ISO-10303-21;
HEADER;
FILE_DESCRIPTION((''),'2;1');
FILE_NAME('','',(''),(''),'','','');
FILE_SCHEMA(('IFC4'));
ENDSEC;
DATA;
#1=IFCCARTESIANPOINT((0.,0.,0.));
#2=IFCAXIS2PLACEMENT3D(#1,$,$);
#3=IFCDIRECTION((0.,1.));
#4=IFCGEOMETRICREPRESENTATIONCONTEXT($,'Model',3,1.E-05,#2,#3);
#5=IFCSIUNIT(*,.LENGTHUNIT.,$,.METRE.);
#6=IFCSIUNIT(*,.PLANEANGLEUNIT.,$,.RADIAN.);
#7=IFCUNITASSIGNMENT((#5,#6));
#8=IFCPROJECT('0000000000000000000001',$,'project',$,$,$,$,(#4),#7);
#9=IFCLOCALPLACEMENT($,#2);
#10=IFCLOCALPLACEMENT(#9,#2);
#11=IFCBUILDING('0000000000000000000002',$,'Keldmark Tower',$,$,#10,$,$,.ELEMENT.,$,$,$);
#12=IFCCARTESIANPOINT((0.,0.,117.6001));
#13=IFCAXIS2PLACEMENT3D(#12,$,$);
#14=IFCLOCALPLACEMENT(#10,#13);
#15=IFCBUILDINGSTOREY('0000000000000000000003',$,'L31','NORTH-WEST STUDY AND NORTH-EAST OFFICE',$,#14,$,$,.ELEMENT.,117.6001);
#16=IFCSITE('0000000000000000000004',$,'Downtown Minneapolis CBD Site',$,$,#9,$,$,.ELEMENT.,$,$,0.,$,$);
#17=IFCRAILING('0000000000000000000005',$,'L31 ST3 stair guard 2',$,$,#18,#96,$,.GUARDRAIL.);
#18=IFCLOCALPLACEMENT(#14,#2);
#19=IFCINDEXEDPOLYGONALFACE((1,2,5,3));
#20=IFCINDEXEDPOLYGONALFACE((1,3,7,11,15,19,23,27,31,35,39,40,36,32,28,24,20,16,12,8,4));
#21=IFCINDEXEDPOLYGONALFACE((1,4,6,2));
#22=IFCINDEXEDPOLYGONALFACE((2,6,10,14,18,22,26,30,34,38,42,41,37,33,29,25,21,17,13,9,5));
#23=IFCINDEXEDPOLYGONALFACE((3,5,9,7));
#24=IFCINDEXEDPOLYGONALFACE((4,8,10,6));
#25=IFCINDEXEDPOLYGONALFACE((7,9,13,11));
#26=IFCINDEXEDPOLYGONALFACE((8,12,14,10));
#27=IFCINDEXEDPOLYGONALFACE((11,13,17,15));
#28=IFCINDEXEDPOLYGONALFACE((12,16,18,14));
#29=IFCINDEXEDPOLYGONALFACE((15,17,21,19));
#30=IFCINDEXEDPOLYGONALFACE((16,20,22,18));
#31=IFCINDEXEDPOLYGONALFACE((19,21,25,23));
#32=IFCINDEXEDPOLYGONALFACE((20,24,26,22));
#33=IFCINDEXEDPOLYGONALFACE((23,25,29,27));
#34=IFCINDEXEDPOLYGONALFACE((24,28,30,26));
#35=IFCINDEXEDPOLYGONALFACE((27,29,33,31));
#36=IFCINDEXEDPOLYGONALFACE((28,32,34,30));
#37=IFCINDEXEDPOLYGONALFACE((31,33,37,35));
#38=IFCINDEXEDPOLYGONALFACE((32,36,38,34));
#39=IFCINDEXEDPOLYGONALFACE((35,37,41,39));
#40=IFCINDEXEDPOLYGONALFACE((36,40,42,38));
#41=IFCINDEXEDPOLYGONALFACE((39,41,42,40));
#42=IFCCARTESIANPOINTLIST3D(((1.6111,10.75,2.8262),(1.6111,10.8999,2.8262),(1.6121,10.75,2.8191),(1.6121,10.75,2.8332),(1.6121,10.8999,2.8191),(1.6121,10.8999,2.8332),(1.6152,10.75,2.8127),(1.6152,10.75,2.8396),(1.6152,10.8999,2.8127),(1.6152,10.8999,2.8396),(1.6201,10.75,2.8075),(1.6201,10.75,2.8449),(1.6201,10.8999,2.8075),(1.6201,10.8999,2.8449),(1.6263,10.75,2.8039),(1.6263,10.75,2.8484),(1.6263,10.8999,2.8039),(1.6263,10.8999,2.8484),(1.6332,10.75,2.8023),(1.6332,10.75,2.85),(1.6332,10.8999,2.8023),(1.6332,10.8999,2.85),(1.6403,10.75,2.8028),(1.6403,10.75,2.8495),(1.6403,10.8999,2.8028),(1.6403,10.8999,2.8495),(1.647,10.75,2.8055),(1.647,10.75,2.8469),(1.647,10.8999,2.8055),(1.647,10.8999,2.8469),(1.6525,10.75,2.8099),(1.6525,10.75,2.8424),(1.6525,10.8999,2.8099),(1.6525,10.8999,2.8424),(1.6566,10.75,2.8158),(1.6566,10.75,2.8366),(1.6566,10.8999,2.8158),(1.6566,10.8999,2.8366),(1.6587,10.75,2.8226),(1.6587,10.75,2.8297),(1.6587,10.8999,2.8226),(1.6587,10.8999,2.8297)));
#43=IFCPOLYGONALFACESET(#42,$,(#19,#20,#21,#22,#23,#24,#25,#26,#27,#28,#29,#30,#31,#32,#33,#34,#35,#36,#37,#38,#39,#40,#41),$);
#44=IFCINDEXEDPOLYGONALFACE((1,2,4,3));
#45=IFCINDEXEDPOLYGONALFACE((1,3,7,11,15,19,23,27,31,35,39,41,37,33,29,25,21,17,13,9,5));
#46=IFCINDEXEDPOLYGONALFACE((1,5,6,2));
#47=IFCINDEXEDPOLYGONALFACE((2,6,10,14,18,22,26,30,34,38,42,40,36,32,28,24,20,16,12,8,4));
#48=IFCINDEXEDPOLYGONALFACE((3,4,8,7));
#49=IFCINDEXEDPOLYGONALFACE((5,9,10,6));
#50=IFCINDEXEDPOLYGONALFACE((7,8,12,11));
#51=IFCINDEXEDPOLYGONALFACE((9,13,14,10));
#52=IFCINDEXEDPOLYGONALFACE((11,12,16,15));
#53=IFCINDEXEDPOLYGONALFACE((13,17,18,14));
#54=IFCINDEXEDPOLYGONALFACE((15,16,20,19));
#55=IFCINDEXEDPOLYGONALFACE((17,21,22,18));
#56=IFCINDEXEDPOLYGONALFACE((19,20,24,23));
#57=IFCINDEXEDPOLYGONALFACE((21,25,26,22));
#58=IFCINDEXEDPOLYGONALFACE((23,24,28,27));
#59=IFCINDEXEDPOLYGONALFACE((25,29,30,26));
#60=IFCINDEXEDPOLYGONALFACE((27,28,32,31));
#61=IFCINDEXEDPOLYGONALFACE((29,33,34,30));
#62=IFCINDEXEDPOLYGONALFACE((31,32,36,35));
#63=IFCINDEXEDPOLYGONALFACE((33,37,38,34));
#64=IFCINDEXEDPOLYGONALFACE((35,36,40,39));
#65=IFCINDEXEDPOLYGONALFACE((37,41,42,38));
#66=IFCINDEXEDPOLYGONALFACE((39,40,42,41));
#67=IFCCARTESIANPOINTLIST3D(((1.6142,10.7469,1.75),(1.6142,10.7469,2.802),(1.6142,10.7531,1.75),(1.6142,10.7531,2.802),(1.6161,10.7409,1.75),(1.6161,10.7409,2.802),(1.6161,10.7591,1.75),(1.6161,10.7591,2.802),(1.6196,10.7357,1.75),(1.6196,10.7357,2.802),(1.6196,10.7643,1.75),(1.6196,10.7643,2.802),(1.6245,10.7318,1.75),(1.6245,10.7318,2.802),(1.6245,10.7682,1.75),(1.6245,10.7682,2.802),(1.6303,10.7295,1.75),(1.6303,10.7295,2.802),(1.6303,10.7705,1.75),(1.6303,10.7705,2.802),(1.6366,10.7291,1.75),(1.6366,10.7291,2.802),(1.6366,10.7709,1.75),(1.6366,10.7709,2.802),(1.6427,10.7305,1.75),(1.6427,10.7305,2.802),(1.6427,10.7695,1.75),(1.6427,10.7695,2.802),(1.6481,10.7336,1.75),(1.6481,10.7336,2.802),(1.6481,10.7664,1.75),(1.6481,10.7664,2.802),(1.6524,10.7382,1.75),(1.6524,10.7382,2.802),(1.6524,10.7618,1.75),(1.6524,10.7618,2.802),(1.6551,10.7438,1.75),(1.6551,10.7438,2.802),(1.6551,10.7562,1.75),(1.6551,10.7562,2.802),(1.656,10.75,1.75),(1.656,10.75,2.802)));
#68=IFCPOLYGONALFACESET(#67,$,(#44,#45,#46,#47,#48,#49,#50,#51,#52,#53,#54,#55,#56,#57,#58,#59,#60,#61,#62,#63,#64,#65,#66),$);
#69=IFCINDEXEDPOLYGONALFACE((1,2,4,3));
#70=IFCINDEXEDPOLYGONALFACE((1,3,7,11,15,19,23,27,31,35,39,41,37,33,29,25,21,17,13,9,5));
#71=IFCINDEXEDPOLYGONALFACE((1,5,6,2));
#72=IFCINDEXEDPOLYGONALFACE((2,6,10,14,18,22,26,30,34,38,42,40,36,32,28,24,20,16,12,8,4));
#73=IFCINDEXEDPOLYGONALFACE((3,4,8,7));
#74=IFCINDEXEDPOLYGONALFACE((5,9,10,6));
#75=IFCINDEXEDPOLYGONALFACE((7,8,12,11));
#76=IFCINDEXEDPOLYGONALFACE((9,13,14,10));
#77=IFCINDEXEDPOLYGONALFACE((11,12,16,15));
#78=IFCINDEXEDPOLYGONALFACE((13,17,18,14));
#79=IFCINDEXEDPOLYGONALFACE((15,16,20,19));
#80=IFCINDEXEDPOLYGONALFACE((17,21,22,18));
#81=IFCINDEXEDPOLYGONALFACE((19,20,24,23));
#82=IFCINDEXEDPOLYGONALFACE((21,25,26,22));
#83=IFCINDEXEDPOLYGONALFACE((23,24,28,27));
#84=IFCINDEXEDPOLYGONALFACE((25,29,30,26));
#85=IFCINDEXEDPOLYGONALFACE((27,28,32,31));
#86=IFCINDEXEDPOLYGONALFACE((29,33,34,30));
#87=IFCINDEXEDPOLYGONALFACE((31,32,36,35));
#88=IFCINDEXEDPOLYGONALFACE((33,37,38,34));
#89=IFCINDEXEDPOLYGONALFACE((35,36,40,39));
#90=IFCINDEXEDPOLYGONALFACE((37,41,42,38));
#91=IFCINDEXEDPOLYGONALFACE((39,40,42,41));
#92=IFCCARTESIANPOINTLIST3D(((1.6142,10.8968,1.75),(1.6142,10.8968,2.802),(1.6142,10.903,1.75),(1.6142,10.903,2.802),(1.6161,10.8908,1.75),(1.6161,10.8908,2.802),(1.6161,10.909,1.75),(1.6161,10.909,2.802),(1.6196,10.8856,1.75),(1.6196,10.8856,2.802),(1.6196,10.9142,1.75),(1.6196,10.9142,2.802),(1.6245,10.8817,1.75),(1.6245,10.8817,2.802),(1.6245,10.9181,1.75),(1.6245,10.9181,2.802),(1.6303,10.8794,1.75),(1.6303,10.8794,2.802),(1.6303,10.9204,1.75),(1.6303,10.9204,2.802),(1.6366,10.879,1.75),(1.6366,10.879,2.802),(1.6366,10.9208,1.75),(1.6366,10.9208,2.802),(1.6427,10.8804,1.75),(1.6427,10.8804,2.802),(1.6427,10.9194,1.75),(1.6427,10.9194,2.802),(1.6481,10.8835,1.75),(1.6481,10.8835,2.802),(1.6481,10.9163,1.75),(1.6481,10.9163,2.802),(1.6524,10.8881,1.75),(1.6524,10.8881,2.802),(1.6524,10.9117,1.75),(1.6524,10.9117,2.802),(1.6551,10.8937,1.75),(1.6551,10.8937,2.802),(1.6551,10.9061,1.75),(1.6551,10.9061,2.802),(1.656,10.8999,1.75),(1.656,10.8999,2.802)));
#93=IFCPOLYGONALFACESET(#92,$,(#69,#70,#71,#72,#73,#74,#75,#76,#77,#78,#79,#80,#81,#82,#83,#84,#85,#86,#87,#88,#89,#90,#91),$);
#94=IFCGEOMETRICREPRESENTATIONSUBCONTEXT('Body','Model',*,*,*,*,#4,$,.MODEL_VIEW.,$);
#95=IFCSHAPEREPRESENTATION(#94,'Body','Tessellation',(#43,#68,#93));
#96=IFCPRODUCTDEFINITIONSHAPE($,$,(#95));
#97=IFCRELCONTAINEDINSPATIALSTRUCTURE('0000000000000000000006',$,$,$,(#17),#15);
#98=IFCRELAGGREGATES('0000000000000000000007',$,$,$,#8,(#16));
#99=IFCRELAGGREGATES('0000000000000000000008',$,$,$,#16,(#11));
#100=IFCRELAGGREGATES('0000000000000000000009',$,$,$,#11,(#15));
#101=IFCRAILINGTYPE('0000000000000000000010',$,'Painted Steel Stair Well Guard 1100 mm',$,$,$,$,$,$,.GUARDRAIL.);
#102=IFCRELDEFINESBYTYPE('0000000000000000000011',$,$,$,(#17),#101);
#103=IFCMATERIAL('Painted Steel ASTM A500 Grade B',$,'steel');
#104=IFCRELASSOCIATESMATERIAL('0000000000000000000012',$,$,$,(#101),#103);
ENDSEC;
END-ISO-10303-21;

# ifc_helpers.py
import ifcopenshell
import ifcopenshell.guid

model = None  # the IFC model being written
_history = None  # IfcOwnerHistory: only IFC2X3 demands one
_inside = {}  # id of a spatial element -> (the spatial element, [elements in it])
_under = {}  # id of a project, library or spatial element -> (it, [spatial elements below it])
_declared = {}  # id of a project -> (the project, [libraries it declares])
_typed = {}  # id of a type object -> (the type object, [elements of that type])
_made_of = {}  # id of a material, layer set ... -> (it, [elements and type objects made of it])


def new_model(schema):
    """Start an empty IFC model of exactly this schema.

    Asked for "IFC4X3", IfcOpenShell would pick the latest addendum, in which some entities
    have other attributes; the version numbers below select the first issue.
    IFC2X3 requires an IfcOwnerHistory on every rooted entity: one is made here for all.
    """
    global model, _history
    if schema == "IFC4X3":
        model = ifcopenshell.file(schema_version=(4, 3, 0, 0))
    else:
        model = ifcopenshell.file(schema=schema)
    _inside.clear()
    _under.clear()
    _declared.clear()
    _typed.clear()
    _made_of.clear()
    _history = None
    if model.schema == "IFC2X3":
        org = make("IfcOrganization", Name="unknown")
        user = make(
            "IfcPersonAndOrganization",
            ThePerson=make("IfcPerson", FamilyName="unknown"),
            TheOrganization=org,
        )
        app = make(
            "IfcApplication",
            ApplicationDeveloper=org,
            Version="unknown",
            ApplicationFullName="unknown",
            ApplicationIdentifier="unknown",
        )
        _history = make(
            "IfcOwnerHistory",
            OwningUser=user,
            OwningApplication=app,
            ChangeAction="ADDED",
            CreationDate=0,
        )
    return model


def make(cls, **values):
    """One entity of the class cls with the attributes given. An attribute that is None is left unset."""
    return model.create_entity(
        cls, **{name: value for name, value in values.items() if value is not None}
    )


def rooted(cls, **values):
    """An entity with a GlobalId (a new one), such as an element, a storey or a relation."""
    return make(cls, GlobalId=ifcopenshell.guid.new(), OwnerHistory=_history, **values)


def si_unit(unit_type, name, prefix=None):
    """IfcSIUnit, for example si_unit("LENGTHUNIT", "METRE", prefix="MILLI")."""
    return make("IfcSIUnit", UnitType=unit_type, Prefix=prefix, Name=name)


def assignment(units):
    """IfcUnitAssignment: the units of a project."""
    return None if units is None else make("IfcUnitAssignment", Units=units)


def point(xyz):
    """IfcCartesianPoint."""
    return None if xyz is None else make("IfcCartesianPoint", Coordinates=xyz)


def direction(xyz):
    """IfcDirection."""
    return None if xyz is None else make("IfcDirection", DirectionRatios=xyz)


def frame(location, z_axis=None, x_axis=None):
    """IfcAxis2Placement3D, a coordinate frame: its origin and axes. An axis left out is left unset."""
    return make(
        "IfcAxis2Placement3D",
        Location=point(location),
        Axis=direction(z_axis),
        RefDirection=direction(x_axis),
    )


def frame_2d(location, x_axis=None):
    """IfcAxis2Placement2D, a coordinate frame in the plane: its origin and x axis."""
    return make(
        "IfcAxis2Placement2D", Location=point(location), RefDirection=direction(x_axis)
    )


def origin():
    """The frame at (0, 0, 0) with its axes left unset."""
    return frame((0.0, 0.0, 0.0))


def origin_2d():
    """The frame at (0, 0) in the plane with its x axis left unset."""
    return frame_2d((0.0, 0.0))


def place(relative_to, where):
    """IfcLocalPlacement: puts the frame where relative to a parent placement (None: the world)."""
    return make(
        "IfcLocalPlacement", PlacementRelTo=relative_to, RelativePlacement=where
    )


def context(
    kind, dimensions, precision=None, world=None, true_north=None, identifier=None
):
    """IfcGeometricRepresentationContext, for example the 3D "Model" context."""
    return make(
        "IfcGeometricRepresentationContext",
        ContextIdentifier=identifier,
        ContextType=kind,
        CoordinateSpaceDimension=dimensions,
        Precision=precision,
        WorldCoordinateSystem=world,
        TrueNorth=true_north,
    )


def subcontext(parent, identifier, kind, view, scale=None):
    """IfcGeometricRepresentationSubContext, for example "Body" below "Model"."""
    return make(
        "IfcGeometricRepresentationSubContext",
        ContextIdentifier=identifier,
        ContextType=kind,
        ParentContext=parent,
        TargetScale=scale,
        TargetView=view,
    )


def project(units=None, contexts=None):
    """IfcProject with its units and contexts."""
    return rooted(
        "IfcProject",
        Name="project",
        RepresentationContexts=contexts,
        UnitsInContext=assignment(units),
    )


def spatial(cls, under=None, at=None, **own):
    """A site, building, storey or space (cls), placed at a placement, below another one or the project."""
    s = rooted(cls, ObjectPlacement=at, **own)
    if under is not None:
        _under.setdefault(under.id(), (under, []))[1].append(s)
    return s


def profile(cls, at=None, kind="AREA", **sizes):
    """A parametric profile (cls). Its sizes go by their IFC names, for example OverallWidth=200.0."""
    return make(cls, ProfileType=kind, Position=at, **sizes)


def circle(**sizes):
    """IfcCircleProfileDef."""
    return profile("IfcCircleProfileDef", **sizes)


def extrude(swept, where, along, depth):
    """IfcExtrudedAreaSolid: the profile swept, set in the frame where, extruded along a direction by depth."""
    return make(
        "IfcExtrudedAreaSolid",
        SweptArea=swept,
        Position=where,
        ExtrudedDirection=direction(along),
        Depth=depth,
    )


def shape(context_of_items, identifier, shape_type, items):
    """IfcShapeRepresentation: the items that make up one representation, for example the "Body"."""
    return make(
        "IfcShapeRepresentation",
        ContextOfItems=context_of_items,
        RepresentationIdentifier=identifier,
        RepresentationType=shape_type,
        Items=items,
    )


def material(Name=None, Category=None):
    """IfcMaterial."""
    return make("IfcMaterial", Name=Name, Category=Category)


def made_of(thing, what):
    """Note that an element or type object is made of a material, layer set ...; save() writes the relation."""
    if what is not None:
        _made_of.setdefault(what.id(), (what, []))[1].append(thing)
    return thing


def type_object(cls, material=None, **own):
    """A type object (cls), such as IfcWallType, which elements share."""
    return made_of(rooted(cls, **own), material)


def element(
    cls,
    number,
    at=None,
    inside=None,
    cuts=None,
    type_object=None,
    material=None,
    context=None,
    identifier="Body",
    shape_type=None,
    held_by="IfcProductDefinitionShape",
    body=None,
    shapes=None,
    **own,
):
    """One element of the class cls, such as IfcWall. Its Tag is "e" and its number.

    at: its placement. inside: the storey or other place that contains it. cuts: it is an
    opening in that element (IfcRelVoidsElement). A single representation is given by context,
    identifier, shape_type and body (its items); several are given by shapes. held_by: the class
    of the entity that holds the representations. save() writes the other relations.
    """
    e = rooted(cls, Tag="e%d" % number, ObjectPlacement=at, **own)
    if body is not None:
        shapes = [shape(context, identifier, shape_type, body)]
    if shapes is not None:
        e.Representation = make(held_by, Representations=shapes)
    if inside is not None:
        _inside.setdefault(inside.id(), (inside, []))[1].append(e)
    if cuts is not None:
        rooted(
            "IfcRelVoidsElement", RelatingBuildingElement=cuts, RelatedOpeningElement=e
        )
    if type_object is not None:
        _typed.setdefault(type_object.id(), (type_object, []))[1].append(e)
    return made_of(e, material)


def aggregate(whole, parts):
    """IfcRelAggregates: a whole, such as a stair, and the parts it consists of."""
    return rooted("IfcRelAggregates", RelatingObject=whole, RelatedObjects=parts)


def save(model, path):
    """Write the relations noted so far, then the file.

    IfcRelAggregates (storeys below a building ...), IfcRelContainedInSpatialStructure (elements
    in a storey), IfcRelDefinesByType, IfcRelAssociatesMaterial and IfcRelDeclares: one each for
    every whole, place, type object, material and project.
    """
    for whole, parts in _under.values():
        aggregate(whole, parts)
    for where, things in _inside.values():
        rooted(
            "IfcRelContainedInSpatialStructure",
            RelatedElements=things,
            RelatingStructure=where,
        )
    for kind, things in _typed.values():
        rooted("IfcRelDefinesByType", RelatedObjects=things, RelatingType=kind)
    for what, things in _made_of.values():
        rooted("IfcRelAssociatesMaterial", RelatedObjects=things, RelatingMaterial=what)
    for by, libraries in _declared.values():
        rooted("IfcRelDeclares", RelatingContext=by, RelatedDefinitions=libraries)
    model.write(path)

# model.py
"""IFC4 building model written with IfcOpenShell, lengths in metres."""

from ifc_helpers import new_model, si_unit, direction, frame, origin, origin_2d, place, context, subcontext, project, spatial, circle, extrude, material, type_object, element, save


model = new_model("IFC4")

# Units and contexts
model_context = context("Model", 3, precision=1e-05, world=origin(), true_north=direction((0.0, 1.0)))
body_context = subcontext(model_context, "Body", "Model", "MODEL_VIEW")
ifc_project = project(units=[si_unit("LENGTHUNIT", "METRE"), si_unit("PLANEANGLEUNIT", "RADIAN")], contexts=[model_context])

# Site, building, storey
site_placement = place(None, origin())
site = spatial("IfcSite", under=ifc_project, at=site_placement, Name="Downtown Minneapolis CBD Site", CompositionType="ELEMENT", RefElevation=0.0)
building_placement = place(site_placement, origin())
building = spatial("IfcBuilding", under=site, at=building_placement, Name="Keldmark Tower", CompositionType="ELEMENT")
storey_placement = place(building_placement, frame((0.0, 0.0, 117.6001)))
storey = spatial("IfcBuildingStorey", under=building, at=storey_placement, Name="L31", Description="NORTH-WEST STUDY AND NORTH-EAST OFFICE", CompositionType="ELEMENT", Elevation=117.6001)

# Railing
ifc_material_1 = material(Name="Painted Steel ASTM A500 Grade B", Category="steel")
railing_type = type_object("IfcRailingType", Name="Painted Steel Stair Well Guard 1100 mm", PredefinedType="GUARDRAIL", material=ifc_material_1)
railing_1_placement = place(storey_placement, frame((1.635, 10.75, 1.75)))
element("IfcRailing", 1, at=railing_1_placement, inside=storey, type_object=railing_type, Name="L31 ST3 stair guard 2", PredefinedType="GUARDRAIL", context=body_context, shape_type="SweptSolid", body=[
    extrude(circle(Radius=0.0239, at=origin_2d()), frame((0.0, 0.0, 1.0762), z_axis=(0.0, 1.0, 0.0), x_axis=(-1.0, 0.0, 0.0)), (0.0, 0.0, 1.0), 0.1499),
    extrude(circle(Radius=0.021, at=origin_2d()), origin(), (0.0, 0.0, 1.0), 1.052),
    extrude(circle(Radius=0.021, at=origin_2d()), frame((0.0, 0.1499, 0.0)), (0.0, 0.0, 1.0), 1.052),
])

save(model, "model.ifc")
